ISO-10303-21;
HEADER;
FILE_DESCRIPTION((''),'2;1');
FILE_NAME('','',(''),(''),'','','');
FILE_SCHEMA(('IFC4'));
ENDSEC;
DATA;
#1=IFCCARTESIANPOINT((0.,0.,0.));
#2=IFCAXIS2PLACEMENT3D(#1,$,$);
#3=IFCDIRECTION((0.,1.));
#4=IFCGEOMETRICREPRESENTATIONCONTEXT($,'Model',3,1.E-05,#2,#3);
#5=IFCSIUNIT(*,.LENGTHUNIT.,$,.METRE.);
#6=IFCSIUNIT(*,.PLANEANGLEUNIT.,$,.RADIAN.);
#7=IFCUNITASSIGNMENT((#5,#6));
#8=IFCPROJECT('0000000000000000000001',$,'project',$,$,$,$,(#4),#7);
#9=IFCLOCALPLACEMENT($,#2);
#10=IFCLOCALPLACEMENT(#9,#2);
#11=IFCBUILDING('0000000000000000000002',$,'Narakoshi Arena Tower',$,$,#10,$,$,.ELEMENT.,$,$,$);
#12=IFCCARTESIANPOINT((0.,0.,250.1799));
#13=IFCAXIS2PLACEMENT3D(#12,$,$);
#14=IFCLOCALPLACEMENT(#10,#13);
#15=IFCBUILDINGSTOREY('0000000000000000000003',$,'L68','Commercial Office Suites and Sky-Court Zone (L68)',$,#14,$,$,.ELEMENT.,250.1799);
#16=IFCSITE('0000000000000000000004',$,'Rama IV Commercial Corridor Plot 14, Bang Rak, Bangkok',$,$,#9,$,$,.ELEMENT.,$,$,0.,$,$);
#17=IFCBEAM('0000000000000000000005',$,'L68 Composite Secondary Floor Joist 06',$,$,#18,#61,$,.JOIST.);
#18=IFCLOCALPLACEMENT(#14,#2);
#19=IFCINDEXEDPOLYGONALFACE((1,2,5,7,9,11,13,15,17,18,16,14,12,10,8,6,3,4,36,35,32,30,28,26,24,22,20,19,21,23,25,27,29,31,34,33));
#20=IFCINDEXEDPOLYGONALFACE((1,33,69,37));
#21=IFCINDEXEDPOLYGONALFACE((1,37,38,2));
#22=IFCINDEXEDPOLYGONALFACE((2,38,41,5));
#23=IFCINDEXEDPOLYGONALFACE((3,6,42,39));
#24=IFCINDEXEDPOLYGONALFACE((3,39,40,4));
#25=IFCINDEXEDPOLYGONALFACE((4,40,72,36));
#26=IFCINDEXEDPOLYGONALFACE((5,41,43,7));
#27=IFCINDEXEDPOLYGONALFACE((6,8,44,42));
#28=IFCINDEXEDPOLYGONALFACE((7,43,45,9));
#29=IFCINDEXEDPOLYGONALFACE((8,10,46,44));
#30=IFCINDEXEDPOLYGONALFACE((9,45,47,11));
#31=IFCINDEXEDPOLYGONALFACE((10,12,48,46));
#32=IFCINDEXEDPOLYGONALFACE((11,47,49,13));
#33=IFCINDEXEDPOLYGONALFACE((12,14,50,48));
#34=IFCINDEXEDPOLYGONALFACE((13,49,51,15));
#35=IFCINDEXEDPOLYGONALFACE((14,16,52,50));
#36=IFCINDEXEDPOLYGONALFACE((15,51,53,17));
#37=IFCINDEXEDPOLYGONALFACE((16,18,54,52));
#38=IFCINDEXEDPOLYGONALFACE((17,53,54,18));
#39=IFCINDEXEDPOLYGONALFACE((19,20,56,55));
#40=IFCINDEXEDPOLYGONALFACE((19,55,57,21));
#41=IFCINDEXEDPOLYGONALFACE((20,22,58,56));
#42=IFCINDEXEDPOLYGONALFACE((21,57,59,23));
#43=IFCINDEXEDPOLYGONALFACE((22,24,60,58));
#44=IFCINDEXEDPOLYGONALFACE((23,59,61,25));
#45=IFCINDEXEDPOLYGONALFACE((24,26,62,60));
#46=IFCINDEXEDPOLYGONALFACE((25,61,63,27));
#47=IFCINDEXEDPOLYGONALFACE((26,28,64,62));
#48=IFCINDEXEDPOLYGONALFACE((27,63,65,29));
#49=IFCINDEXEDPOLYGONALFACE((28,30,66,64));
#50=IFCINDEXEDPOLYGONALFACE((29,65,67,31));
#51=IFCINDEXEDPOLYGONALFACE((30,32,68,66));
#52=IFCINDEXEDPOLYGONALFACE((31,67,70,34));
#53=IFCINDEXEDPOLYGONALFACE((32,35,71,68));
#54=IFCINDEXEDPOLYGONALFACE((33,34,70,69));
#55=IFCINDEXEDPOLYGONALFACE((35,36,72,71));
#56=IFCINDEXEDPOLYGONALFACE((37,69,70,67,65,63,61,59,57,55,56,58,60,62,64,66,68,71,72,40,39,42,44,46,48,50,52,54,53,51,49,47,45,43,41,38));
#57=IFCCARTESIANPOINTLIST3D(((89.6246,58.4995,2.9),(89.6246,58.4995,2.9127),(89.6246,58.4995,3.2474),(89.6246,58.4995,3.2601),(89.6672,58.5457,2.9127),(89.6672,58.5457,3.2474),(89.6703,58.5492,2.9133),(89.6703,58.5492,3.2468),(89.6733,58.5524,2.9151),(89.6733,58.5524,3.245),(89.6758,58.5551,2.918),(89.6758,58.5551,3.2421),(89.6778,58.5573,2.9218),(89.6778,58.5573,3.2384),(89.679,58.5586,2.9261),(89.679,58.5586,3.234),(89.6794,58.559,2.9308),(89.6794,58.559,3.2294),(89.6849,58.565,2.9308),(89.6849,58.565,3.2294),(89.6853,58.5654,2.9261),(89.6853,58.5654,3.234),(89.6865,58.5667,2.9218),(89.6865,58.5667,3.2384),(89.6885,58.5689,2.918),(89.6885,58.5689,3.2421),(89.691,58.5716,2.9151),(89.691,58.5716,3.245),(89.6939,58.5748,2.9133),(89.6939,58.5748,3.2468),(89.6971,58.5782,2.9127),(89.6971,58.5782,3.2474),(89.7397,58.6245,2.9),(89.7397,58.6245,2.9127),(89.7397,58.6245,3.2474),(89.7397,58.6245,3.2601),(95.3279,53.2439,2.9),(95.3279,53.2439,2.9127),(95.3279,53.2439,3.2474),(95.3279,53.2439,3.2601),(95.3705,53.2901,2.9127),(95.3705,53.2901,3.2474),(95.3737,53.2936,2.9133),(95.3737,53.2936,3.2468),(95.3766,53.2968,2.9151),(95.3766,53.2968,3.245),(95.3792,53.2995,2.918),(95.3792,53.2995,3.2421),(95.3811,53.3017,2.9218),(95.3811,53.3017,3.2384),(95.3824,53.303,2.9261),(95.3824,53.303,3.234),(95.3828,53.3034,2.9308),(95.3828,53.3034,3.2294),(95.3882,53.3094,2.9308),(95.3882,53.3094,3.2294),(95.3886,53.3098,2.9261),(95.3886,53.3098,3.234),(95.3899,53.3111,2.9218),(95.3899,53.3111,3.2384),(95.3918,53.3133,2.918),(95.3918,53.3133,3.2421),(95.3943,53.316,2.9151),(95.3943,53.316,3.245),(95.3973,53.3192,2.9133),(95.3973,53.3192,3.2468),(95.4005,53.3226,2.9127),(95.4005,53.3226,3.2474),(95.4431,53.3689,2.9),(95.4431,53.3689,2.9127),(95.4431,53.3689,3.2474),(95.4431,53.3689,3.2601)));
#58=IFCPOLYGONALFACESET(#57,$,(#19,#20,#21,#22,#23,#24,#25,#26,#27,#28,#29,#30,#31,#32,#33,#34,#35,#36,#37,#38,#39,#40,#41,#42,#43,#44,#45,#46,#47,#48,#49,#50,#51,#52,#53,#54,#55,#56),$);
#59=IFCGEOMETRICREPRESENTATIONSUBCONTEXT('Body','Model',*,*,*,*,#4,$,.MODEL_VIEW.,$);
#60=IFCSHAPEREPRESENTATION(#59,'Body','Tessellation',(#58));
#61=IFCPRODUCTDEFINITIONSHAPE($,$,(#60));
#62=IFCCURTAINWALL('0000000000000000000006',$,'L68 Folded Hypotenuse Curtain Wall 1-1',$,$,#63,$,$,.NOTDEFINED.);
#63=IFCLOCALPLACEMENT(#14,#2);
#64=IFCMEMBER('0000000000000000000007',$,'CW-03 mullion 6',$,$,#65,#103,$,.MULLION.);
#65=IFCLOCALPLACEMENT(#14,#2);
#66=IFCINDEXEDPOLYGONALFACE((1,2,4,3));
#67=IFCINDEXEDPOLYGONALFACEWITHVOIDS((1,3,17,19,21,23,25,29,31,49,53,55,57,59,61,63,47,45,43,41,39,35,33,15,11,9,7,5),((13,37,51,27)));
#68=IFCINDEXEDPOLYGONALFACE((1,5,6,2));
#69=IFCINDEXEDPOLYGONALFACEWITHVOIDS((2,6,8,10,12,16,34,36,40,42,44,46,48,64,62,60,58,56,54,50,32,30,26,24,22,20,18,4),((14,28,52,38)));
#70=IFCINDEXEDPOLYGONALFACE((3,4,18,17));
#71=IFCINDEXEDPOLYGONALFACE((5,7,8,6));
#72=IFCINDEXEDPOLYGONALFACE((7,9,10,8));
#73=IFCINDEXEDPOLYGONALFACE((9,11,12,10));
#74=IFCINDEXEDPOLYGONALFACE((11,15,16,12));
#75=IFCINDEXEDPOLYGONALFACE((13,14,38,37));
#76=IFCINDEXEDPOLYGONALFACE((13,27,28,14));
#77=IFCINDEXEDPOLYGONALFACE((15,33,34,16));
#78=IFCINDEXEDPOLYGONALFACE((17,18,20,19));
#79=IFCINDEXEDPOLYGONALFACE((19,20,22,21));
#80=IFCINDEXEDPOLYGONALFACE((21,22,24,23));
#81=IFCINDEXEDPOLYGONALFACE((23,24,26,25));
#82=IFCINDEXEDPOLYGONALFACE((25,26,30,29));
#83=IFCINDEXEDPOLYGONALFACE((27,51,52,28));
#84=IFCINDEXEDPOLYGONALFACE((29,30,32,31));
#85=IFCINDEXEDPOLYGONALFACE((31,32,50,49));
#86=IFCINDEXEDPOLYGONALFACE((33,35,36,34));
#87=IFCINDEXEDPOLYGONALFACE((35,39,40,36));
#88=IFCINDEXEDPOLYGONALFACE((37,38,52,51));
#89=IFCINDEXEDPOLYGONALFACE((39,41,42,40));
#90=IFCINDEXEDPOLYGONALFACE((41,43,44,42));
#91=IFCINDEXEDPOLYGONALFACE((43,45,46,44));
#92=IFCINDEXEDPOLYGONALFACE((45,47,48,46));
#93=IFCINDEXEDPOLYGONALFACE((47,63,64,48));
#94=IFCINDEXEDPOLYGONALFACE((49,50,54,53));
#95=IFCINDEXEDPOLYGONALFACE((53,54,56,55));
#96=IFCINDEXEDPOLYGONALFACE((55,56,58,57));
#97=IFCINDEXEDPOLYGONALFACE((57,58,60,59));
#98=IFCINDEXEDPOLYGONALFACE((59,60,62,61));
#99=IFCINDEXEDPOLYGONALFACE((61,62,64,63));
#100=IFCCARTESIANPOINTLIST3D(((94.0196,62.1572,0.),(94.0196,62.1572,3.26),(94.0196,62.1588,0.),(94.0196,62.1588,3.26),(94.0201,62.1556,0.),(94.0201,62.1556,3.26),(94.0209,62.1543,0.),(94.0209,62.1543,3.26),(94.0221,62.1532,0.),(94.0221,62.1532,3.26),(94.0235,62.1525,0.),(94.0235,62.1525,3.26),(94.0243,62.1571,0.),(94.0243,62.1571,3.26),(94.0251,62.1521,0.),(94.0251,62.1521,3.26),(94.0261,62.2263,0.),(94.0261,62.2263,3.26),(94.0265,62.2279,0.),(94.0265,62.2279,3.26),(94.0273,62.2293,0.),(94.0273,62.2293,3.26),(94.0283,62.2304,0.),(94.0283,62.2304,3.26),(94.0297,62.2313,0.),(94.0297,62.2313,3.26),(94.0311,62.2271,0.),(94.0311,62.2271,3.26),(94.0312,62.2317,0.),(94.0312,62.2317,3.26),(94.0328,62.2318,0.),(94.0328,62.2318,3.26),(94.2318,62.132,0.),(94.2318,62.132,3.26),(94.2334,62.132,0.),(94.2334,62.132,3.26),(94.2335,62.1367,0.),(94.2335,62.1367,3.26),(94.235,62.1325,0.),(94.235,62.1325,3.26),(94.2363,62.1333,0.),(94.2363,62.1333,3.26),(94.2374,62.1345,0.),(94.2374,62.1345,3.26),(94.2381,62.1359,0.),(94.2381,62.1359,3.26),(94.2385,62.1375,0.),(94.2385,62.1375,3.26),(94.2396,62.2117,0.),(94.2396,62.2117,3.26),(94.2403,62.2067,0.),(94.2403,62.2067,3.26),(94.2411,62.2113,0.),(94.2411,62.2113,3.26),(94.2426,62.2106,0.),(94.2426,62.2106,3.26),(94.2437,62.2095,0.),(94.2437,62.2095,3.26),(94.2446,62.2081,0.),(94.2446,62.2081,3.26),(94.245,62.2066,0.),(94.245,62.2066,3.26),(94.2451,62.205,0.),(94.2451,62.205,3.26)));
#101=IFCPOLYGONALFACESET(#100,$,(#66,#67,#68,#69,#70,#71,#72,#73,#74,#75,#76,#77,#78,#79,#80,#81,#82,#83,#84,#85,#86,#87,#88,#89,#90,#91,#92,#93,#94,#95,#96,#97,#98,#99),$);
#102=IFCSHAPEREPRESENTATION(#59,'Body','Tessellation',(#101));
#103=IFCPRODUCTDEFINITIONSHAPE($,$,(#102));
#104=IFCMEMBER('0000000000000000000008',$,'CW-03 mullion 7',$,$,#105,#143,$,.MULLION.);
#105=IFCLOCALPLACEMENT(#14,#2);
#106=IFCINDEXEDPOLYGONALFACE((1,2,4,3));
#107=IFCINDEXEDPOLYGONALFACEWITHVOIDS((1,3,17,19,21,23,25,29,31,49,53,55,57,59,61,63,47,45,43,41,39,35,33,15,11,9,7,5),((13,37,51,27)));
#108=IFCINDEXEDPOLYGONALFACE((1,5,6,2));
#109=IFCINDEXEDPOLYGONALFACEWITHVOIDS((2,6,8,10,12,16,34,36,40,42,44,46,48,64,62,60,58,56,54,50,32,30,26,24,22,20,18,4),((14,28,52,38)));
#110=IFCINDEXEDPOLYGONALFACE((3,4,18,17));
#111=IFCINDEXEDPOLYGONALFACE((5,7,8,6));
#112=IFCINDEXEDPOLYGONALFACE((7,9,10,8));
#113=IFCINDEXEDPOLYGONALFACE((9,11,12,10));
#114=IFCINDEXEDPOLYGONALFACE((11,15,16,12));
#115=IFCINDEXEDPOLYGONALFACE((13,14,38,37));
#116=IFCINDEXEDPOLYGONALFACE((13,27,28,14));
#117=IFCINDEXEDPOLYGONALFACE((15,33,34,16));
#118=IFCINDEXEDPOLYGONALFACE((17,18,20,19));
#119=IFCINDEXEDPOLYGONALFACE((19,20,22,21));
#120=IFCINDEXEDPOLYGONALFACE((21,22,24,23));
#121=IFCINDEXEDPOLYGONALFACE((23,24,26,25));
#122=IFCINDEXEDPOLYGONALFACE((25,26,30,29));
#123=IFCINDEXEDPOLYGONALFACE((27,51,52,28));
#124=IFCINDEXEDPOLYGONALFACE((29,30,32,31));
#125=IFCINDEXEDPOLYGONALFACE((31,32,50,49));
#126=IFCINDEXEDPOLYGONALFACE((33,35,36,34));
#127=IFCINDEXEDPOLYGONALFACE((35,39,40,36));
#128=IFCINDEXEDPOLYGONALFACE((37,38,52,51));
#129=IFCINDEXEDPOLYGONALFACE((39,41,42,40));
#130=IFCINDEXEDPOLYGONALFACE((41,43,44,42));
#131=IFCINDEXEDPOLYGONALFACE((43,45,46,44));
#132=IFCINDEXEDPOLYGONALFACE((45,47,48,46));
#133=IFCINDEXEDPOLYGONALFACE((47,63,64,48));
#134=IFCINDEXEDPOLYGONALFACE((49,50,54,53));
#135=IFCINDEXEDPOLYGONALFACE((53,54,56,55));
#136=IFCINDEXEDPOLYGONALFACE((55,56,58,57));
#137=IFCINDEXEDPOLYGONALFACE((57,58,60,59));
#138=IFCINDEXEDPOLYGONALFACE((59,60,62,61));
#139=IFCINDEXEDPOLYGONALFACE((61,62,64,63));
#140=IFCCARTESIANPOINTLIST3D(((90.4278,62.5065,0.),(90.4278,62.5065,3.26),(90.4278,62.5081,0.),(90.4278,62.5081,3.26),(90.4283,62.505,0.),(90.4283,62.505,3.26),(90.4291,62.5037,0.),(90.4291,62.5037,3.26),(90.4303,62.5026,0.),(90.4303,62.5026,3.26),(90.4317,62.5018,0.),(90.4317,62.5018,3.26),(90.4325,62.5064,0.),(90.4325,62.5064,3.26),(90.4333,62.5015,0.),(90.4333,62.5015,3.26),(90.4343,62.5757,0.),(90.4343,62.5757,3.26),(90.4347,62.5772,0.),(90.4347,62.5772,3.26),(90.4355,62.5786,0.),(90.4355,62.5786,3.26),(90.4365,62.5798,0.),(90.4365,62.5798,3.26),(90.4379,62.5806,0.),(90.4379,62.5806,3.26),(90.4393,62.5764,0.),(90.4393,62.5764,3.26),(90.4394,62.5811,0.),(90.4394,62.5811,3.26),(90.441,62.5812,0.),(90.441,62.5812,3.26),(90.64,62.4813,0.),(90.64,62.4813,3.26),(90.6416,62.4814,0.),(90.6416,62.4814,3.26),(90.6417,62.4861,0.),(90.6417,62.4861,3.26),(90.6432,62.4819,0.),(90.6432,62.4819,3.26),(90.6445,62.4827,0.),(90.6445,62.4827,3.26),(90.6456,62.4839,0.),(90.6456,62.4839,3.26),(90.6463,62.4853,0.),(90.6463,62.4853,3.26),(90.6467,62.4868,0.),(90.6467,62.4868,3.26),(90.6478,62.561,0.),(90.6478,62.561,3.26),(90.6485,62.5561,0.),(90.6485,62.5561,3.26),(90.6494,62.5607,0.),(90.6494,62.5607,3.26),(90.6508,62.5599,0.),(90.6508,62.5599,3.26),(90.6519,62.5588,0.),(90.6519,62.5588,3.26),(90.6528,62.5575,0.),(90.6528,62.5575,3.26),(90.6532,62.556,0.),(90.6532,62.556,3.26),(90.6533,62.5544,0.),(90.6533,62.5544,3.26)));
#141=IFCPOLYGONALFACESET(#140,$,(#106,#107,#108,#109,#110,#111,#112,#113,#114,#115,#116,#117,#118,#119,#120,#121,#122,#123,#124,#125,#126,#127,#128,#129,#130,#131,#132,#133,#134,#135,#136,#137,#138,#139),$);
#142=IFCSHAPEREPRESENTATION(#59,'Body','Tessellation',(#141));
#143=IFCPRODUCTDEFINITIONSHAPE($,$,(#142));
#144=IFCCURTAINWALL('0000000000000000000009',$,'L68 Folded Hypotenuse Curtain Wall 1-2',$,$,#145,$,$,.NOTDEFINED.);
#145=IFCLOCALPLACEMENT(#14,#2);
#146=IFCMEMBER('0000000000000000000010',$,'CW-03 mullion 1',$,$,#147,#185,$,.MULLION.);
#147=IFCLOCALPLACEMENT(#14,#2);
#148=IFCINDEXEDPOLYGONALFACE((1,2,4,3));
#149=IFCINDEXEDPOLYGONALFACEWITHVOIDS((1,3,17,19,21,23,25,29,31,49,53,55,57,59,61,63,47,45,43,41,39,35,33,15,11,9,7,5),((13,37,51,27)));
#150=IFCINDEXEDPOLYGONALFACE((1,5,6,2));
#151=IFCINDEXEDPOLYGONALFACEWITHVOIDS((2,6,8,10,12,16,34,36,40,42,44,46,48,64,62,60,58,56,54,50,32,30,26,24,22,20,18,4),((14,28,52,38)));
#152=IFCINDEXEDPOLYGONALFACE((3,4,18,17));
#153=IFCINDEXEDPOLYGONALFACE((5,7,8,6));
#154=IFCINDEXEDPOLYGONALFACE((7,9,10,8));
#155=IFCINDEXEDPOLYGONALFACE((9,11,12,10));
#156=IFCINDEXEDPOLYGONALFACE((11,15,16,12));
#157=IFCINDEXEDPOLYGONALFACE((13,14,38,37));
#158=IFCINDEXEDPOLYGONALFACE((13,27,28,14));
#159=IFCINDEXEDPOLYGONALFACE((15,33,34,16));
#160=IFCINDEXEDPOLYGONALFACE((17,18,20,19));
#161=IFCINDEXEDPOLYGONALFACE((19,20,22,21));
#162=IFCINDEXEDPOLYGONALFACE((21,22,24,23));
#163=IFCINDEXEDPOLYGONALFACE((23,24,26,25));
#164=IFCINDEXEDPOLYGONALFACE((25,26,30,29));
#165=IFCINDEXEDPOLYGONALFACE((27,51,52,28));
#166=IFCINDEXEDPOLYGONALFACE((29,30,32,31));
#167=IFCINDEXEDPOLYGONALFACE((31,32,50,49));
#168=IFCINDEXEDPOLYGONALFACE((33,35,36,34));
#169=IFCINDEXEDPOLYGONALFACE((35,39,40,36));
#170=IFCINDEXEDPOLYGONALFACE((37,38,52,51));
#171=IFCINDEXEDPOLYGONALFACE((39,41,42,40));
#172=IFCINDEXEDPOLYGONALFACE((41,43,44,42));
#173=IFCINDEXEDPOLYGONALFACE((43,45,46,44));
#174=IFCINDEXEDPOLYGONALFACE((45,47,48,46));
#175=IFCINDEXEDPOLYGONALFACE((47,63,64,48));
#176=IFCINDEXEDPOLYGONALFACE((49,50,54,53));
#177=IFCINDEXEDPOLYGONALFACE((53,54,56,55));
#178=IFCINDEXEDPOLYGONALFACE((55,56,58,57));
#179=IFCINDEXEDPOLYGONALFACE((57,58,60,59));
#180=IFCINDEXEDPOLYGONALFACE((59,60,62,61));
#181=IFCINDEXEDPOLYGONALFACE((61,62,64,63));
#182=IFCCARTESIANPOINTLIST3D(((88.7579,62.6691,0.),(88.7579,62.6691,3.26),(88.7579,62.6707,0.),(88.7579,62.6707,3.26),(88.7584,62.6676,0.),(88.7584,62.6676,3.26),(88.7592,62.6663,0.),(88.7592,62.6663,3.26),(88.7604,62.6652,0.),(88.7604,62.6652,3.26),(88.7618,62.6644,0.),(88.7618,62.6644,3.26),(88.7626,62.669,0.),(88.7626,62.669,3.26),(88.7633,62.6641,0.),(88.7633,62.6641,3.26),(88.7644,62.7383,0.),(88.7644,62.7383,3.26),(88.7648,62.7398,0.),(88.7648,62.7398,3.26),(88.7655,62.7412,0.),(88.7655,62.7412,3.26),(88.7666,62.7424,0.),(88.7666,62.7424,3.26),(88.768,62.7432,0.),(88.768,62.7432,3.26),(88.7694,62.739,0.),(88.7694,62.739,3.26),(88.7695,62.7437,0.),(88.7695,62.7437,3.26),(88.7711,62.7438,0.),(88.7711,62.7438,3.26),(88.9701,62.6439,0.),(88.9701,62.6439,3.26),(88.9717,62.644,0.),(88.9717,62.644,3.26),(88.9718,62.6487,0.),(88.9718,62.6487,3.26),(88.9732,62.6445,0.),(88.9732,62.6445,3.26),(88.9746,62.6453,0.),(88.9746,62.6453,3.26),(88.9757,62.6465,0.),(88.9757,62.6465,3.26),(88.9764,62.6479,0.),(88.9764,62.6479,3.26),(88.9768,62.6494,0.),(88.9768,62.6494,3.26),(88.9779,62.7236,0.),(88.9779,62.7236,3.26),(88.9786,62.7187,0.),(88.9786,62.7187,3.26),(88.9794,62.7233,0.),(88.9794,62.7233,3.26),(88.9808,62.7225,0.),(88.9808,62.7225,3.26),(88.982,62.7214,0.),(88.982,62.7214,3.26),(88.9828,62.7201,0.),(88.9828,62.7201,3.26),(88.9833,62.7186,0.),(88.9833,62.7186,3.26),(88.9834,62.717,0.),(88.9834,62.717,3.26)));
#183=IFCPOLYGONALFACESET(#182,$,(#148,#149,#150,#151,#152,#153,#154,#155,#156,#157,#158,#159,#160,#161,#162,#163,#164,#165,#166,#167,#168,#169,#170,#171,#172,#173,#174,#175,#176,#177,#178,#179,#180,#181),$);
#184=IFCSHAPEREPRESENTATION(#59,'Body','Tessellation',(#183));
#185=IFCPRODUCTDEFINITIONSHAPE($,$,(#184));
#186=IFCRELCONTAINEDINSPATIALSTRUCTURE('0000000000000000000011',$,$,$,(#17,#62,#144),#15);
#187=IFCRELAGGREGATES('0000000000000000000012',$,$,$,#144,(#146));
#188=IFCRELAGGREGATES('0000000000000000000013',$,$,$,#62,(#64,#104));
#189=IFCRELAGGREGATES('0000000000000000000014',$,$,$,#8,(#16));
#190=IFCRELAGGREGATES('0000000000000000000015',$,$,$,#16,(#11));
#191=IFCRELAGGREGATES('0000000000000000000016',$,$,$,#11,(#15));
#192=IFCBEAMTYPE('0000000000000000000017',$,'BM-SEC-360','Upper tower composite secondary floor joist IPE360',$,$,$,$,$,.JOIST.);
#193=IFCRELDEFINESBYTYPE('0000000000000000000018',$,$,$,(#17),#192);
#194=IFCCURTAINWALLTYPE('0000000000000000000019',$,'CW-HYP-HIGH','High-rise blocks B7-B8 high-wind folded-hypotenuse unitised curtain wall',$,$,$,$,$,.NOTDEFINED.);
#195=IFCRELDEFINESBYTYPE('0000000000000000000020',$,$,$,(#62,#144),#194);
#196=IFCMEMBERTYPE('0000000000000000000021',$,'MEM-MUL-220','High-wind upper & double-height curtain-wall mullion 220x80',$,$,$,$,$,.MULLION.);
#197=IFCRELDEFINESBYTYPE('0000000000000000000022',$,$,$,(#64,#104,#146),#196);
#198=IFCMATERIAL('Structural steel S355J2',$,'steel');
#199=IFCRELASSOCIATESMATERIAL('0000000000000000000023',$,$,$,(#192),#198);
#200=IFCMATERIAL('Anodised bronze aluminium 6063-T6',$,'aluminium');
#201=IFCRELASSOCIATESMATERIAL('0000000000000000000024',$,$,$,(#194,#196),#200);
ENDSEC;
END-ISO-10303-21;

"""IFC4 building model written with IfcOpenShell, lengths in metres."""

from ifc_helpers import new_model, si_unit, direction, frame, origin, origin_2d, place, context, subcontext, project, spatial, hollow_rectangle, i_section, extrude, material, material_profile, profile_set, type_object, element, aggregate, save


model = new_model("IFC4")

# Units and contexts
model_context = context("Model", 3, precision=1e-05, world=origin(), true_north=direction((0.0, 1.0)))
body_context = subcontext(model_context, "Body", "Model", "MODEL_VIEW")
ifc_project = project(units=[si_unit("LENGTHUNIT", "METRE"), si_unit("PLANEANGLEUNIT", "RADIAN")], contexts=[model_context])

# Site, building, storey
site_placement = place(None, origin())
site = spatial("IfcSite", under=ifc_project, at=site_placement, Name="Rama IV Commercial Corridor Plot 14, Bang Rak, Bangkok", CompositionType="ELEMENT", RefElevation=0.0)
building_placement = place(site_placement, origin())
building = spatial("IfcBuilding", under=site, at=building_placement, Name="Narakoshi Arena Tower", CompositionType="ELEMENT")
storey_placement = place(building_placement, frame((0.0, 0.0, 250.1799)))
storey = spatial("IfcBuildingStorey", under=building, at=storey_placement, Name="L68", Description="Commercial Office Suites and Sky-Court Zone (L68)", CompositionType="ELEMENT", Elevation=250.1799)

# Beam
ifc_material_1 = material(Name="Structural steel S355J2", Category="steel")
ifc_material_profile_1 = material_profile(ifc_material_1, i_section(OverallWidth=0.1699, OverallDepth=0.3601, WebThickness=0.0081, FlangeThickness=0.0127, FilletRadius=0.0181, at=origin_2d()), Name="IPE360")
ifc_profile_set_1 = profile_set([ifc_material_profile_1], Name="Structural steel S355J2")
beam_type_1 = type_object("IfcBeamType", Name="BM-SEC-360", Description="Upper tower composite secondary floor joist IPE360", PredefinedType="JOIST", material=ifc_profile_set_1)
beam_1_placement = place(storey_placement, frame((95.3855, 53.3064, 3.0801), z_axis=(-0.735384, 0.677651, 0.0), x_axis=(-0.677651, -0.735384, 0.0)))
element("IfcBeam", 1, at=beam_1_placement, inside=storey, type_object=beam_type_1, Name="L68 Composite Secondary Floor Joist 06", PredefinedType="JOIST", context=body_context, shape_type="SweptSolid", body=[
    extrude(i_section(OverallWidth=0.1699, OverallDepth=0.3601, WebThickness=0.0081, FlangeThickness=0.0127, FilletRadius=0.0181, at=origin_2d()), origin(), (0.0, 0.0, 1.0), 7.7556),
])

# Curtain wall, members
ifc_material_2 = material(Name="Anodised bronze aluminium 6063-T6", Category="aluminium")
curtain_wall_type = type_object("IfcCurtainWallType", Name="CW-HYP-HIGH", Description="High-rise blocks B7-B8 high-wind folded-hypotenuse unitised curtain wall", PredefinedType="NOTDEFINED", material=ifc_material_2)
curtain_wall_1_placement = place(storey_placement, origin())
curtain_wall_1 = element("IfcCurtainWall", 2, at=curtain_wall_1_placement, inside=storey, type_object=curtain_wall_type, Name="L68 Folded Hypotenuse Curtain Wall 1-1", PredefinedType="NOTDEFINED")
ifc_material_profile_2 = material_profile(ifc_material_2, hollow_rectangle(XDim=0.0801, YDim=0.22, WallThickness=0.0049, OuterFilletRadius=0.0061, at=origin_2d()), Name="MUL220x80x5")
ifc_profile_set_2 = profile_set([ifc_material_profile_2], Name="Anodised bronze aluminium 6063-T6")
member_type_1 = type_object("IfcMemberType", Name="MEM-MUL-220", Description="High-wind upper & double-height curtain-wall mullion 220x80", PredefinedType="MULLION", material=ifc_profile_set_2)
member_1_placement = place(storey_placement, frame((94.1323, 62.1819, 0.0), z_axis=(0.0, 0.0, 1.0), x_axis=(-0.096851, -0.995299, 0.0)))
member_1 = element("IfcMember", 3, at=member_1_placement, type_object=member_type_1, Name="CW-03 mullion 6", PredefinedType="MULLION", context=body_context, shape_type="SweptSolid", body=[
    extrude(hollow_rectangle(XDim=0.0801, YDim=0.22, WallThickness=0.0049, OuterFilletRadius=0.0061, at=origin_2d()), origin(), (0.0, 0.0, 1.0), 3.26),
])
member_2_placement = place(storey_placement, frame((90.5405, 62.5312, 0.0), z_axis=(0.0, 0.0, 1.0), x_axis=(-0.096851, -0.995299, 0.0)))
member_2 = element("IfcMember", 4, at=member_2_placement, type_object=member_type_1, Name="CW-03 mullion 7", PredefinedType="MULLION", context=body_context, shape_type="SweptSolid", body=[
    extrude(hollow_rectangle(XDim=0.0801, YDim=0.22, WallThickness=0.0049, OuterFilletRadius=0.0061, at=origin_2d()), origin(), (0.0, 0.0, 1.0), 3.26),
])

# Curtain wall, member
curtain_wall_2_placement = place(storey_placement, origin())
curtain_wall_2 = element("IfcCurtainWall", 5, at=curtain_wall_2_placement, inside=storey, type_object=curtain_wall_type, Name="L68 Folded Hypotenuse Curtain Wall 1-2", PredefinedType="NOTDEFINED")
member_3_placement = place(storey_placement, frame((88.8706, 62.6938, 0.0), z_axis=(0.0, 0.0, 1.0), x_axis=(-0.096843, -0.9953, 0.0)))
member_3 = element("IfcMember", 6, at=member_3_placement, type_object=member_type_1, Name="CW-03 mullion 1", PredefinedType="MULLION", context=body_context, shape_type="SweptSolid", body=[
    extrude(hollow_rectangle(XDim=0.0801, YDim=0.22, WallThickness=0.0049, OuterFilletRadius=0.0061, at=origin_2d()), origin(), (0.0, 0.0, 1.0), 3.26),
])

aggregate(curtain_wall_2, [member_3])

aggregate(curtain_wall_1, [member_1, member_2])

save(model, "model.ifc")
